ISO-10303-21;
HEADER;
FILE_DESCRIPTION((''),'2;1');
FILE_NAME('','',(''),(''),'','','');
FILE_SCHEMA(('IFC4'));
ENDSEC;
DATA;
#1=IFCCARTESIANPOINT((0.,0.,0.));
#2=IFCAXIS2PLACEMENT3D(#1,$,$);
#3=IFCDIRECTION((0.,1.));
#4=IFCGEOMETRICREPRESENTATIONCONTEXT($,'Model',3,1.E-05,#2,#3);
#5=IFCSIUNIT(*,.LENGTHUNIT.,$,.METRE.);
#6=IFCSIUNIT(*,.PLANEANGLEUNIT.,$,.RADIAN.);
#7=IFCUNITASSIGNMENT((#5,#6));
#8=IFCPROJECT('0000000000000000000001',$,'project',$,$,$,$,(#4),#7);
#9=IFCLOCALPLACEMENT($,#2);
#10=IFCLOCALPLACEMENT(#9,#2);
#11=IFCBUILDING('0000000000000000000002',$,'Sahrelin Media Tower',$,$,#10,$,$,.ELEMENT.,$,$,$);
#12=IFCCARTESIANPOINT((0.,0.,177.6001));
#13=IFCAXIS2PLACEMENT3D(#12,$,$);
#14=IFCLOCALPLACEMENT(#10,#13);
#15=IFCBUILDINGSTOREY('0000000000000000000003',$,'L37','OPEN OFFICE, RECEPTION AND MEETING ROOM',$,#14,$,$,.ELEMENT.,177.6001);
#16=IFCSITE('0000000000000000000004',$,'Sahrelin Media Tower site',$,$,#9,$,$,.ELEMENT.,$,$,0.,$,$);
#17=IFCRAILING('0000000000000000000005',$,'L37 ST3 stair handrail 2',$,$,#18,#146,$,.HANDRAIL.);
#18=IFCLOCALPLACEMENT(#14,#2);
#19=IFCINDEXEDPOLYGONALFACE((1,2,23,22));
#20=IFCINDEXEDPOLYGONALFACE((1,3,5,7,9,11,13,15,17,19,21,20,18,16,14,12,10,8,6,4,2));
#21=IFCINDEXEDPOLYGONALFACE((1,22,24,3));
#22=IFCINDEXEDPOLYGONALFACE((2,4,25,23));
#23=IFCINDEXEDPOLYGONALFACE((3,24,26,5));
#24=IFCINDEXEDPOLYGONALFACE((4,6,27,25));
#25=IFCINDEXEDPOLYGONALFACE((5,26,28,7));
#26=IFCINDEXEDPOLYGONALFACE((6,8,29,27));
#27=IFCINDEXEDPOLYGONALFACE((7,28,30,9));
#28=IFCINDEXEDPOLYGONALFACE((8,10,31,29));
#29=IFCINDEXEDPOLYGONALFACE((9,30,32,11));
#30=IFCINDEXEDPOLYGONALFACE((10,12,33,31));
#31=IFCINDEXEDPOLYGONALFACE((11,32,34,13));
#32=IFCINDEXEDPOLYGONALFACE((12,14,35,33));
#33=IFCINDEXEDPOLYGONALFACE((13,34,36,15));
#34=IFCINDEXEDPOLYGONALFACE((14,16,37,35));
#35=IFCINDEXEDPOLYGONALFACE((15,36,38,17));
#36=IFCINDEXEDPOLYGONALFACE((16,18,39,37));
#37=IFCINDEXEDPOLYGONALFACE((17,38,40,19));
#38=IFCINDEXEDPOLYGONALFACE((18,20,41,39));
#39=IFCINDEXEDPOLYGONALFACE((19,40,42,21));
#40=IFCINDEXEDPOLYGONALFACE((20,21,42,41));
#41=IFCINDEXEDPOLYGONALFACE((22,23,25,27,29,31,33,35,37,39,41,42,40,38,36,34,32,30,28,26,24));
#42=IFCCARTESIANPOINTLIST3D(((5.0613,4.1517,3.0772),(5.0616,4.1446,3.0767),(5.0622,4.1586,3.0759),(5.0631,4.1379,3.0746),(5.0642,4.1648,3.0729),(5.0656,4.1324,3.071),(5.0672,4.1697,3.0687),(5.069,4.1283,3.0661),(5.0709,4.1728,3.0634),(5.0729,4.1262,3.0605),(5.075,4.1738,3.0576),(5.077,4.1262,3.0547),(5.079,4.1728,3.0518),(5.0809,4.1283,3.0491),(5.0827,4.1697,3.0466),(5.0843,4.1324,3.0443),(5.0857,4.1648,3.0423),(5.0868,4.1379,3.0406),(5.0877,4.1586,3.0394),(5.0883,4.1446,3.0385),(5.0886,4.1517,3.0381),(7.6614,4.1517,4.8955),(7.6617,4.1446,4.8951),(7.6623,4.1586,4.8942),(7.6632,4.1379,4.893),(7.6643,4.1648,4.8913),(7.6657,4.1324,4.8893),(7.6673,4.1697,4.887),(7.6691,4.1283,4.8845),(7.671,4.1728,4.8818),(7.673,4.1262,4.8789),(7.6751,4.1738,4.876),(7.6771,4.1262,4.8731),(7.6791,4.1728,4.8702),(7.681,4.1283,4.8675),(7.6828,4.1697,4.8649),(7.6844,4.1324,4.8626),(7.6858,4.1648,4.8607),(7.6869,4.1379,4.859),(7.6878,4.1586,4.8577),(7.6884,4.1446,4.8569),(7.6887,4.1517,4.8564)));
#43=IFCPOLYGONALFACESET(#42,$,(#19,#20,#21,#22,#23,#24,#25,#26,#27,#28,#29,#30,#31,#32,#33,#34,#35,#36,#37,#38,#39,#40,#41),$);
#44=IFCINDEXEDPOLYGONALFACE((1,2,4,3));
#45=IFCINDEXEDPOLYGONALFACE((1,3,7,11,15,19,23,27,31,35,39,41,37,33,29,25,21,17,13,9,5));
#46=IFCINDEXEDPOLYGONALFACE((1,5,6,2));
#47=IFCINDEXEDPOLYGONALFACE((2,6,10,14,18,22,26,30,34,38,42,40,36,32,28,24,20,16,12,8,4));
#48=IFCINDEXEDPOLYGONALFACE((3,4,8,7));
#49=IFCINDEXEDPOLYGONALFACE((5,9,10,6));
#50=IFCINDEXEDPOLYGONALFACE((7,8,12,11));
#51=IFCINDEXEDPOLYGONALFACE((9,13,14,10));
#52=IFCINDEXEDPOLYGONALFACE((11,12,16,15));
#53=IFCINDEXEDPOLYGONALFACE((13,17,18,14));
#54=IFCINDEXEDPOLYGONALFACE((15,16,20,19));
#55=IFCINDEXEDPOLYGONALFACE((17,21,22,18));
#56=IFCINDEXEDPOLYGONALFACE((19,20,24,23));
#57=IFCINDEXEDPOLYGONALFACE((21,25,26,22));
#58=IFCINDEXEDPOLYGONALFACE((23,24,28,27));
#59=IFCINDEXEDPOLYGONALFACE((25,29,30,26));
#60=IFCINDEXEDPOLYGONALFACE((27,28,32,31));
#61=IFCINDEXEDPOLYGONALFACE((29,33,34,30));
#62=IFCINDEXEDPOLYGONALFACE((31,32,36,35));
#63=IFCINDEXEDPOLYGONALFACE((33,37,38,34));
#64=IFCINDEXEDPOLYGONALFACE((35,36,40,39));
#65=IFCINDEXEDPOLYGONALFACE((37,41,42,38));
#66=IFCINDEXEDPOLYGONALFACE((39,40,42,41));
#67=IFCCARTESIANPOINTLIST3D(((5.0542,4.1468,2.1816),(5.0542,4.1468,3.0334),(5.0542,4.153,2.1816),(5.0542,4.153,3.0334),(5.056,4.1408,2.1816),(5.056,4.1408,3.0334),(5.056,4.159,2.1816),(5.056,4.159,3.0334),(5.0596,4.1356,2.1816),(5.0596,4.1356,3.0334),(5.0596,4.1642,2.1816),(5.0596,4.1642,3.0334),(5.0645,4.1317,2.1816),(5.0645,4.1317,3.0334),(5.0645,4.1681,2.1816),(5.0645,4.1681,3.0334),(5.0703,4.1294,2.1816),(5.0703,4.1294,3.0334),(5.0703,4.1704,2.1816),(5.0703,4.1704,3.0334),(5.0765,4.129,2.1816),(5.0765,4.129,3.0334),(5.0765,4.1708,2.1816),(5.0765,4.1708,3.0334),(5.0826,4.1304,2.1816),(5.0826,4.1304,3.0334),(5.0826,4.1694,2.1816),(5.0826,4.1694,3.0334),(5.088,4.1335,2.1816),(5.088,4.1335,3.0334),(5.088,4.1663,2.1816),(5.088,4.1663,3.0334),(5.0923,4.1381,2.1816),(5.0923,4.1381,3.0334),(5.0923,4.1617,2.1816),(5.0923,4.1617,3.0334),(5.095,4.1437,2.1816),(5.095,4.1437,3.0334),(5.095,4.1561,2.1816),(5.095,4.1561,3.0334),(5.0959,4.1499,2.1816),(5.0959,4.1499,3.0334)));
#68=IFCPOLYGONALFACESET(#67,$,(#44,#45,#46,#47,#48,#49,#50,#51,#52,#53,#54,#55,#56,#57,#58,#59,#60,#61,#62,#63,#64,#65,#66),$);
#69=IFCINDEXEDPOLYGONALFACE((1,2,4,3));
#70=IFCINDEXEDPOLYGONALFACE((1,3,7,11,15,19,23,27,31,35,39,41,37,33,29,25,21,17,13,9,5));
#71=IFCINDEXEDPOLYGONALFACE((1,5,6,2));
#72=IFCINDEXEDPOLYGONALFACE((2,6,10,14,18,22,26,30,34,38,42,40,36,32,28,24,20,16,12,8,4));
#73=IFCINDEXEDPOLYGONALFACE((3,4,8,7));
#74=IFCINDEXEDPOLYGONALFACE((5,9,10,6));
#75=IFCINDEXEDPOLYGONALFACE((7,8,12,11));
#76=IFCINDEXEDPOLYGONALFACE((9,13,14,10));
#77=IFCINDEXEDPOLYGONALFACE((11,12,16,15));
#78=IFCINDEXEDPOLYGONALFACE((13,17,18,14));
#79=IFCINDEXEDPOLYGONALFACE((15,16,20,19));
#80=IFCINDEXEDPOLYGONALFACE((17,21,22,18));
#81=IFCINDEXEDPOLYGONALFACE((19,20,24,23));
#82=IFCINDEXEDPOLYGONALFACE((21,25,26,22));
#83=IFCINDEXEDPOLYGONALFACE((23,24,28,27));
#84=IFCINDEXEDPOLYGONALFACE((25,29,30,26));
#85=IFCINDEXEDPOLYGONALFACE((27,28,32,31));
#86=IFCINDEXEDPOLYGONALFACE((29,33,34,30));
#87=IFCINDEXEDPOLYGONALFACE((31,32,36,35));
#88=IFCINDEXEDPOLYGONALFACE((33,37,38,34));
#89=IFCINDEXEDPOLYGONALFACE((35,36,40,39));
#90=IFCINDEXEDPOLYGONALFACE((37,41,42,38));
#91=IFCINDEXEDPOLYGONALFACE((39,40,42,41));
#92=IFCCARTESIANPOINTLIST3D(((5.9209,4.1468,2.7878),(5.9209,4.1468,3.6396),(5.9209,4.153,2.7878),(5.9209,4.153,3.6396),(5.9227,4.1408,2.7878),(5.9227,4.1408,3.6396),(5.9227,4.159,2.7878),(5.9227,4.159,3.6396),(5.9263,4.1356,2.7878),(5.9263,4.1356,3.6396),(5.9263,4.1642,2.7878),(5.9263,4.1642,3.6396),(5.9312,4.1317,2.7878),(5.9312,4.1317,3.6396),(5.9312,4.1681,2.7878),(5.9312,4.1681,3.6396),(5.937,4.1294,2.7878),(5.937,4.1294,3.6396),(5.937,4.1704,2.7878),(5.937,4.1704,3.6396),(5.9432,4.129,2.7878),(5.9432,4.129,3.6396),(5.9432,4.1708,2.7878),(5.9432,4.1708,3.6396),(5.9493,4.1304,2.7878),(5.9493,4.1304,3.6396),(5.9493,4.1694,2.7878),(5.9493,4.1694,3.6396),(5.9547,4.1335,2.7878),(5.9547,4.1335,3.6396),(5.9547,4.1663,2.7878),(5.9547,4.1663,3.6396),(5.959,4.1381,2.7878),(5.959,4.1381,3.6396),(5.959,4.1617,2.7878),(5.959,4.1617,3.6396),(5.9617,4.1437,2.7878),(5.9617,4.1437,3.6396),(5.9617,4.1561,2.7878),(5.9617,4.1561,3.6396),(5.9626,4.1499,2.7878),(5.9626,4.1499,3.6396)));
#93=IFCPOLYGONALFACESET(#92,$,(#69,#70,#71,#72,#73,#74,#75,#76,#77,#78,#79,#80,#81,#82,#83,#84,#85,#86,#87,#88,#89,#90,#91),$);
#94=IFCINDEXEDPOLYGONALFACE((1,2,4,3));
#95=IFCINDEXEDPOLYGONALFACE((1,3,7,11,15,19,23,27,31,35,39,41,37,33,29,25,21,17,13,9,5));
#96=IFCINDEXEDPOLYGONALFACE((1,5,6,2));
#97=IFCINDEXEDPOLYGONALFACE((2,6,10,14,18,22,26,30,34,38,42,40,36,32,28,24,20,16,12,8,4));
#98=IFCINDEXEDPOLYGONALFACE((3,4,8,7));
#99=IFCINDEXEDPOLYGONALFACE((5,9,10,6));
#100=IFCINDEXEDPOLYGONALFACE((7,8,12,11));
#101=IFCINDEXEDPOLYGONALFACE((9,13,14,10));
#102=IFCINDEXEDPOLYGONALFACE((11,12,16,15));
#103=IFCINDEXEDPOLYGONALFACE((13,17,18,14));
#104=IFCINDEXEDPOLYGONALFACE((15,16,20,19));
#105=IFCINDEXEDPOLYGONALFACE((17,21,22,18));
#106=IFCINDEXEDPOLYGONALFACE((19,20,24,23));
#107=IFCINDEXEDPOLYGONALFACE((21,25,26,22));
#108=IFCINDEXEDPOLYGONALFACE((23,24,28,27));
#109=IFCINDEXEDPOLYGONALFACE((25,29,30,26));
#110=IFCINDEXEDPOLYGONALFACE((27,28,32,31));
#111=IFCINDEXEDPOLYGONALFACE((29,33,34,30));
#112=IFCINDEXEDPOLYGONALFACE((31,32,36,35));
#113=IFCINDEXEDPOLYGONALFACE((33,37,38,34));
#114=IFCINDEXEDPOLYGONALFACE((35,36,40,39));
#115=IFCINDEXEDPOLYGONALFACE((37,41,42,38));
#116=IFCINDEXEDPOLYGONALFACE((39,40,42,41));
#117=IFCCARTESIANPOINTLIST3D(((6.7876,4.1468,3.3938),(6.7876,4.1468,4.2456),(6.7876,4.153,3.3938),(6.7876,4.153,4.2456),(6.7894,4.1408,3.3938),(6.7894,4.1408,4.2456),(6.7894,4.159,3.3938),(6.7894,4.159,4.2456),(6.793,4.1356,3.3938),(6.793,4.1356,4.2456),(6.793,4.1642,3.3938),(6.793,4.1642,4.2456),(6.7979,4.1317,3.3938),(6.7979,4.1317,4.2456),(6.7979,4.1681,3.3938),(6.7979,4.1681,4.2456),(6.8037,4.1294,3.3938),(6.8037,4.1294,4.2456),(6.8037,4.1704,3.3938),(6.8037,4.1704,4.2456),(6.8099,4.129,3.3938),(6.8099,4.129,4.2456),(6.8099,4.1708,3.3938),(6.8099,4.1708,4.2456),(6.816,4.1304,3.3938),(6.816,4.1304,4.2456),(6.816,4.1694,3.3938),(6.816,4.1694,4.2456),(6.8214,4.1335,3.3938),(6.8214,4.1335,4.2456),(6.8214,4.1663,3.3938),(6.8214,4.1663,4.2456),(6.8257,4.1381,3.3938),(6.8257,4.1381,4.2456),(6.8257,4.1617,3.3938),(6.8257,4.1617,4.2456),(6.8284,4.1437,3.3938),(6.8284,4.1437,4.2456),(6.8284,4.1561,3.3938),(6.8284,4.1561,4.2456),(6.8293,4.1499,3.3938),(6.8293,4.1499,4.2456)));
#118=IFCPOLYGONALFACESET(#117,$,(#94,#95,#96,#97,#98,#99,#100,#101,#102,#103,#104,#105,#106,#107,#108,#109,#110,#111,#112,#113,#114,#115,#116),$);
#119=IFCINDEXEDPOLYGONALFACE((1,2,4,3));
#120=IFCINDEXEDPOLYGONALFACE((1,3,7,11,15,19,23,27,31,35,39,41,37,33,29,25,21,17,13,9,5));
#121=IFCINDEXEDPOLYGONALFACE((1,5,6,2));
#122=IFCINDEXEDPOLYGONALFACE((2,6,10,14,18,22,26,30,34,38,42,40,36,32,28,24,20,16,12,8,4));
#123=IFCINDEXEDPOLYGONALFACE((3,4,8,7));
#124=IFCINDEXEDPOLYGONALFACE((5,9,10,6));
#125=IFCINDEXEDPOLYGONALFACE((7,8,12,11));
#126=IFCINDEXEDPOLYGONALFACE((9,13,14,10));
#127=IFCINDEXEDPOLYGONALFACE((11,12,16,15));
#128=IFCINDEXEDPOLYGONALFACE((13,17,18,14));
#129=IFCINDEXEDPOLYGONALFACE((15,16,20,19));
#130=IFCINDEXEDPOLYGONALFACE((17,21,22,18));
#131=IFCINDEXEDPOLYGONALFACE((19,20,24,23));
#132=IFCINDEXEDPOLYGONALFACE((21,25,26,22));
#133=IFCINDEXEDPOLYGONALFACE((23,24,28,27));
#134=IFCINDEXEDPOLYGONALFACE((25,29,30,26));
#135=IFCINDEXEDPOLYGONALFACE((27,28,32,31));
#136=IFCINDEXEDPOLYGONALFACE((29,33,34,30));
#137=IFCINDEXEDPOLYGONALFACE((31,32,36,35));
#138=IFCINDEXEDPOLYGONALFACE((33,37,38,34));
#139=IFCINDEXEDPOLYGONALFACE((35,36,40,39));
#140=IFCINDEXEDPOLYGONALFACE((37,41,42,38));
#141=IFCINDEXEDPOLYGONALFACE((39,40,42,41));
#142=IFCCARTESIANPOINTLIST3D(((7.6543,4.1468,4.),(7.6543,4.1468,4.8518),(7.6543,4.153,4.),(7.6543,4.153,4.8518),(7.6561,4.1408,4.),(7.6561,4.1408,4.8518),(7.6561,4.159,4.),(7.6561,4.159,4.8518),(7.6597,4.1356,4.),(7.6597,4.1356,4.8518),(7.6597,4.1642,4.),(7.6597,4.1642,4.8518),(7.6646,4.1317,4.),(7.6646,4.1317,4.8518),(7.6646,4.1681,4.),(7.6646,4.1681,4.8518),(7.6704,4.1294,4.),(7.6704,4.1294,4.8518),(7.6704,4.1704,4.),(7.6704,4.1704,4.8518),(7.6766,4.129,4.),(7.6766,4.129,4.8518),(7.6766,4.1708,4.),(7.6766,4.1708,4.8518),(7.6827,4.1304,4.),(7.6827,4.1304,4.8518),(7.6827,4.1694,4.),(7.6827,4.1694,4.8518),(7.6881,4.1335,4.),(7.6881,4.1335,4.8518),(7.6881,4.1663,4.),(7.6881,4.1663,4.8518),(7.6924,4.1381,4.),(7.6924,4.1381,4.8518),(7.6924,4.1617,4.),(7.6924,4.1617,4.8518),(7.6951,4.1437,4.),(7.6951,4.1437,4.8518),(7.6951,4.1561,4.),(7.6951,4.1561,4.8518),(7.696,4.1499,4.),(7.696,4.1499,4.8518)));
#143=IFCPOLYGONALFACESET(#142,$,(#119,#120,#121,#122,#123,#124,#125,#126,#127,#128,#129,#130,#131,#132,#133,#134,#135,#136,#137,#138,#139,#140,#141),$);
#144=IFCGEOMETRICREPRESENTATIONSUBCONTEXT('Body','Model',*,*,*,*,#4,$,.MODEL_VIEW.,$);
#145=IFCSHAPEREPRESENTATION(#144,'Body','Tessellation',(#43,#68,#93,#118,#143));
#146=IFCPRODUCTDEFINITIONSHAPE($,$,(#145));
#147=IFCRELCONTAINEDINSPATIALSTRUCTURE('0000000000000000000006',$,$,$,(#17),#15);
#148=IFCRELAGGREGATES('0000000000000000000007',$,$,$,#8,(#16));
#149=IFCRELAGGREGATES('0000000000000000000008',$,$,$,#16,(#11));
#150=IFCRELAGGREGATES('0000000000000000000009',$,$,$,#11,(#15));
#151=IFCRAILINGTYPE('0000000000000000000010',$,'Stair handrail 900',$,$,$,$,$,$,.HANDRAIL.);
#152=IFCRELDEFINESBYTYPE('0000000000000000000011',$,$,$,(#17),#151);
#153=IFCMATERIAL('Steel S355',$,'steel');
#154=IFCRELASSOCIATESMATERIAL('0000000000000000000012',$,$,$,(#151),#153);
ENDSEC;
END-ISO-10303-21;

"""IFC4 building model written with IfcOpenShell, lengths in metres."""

from ifc_helpers import new_model, si_unit, direction, frame, origin, origin_2d, place, context, subcontext, project, spatial, circle, extrude, material, type_object, element, save


model = new_model("IFC4")

# Units and contexts
model_context = context("Model", 3, precision=1e-05, world=origin(), true_north=direction((0.0, 1.0)))
body_context = subcontext(model_context, "Body", "Model", "MODEL_VIEW")
ifc_project = project(units=[si_unit("LENGTHUNIT", "METRE"), si_unit("PLANEANGLEUNIT", "RADIAN")], contexts=[model_context])

# Site, building, storey
site_placement = place(None, origin())
site = spatial("IfcSite", under=ifc_project, at=site_placement, Name="Sahrelin Media Tower site", CompositionType="ELEMENT", RefElevation=0.0)
building_placement = place(site_placement, origin())
building = spatial("IfcBuilding", under=site, at=building_placement, Name="Sahrelin Media Tower", CompositionType="ELEMENT")
storey_placement = place(building_placement, frame((0.0, 0.0, 177.6001)))
storey = spatial("IfcBuildingStorey", under=building, at=storey_placement, Name="L37", Description="OPEN OFFICE, RECEPTION AND MEETING ROOM", CompositionType="ELEMENT", Elevation=177.6001)

# Shared definitions
ifc_material_1 = material(Name="Steel S355", Category="steel")

# Railing
railing_type_1 = type_object("IfcRailingType", Name="Stair handrail 900", PredefinedType="HANDRAIL", material=ifc_material_1)
railing_1_placement = place(storey_placement, frame((5.075, 4.1499, 2.1816)))
element("IfcRailing", 1, at=railing_1_placement, inside=storey, type_object=railing_type_1, Name="L37 ST3 stair handrail 2", PredefinedType="HANDRAIL", context=body_context, shape_type="SweptSolid", body=[
    extrude(circle(Radius=0.0239, at=origin_2d()), frame((0.0, 0.0, 0.876), z_axis=(0.819485, 0.0, 0.573101), x_axis=(0.0, 1.0, 0.0)), (0.0, 0.0, 1.0), 3.1729),
    extrude(circle(Radius=0.021, at=origin_2d()), origin(), (0.0, 0.0, 1.0), 0.8518),
    extrude(circle(Radius=0.021, at=origin_2d()), frame((0.8667, 0.0, 0.6062)), (0.0, 0.0, 1.0), 0.8518),
    extrude(circle(Radius=0.021, at=origin_2d()), frame((1.7334, 0.0, 1.2122)), (0.0, 0.0, 1.0), 0.8518),
    extrude(circle(Radius=0.021, at=origin_2d()), frame((2.6001, 0.0, 1.8184)), (0.0, 0.0, 1.0), 0.8518),
])

save(model, "model.ifc")
